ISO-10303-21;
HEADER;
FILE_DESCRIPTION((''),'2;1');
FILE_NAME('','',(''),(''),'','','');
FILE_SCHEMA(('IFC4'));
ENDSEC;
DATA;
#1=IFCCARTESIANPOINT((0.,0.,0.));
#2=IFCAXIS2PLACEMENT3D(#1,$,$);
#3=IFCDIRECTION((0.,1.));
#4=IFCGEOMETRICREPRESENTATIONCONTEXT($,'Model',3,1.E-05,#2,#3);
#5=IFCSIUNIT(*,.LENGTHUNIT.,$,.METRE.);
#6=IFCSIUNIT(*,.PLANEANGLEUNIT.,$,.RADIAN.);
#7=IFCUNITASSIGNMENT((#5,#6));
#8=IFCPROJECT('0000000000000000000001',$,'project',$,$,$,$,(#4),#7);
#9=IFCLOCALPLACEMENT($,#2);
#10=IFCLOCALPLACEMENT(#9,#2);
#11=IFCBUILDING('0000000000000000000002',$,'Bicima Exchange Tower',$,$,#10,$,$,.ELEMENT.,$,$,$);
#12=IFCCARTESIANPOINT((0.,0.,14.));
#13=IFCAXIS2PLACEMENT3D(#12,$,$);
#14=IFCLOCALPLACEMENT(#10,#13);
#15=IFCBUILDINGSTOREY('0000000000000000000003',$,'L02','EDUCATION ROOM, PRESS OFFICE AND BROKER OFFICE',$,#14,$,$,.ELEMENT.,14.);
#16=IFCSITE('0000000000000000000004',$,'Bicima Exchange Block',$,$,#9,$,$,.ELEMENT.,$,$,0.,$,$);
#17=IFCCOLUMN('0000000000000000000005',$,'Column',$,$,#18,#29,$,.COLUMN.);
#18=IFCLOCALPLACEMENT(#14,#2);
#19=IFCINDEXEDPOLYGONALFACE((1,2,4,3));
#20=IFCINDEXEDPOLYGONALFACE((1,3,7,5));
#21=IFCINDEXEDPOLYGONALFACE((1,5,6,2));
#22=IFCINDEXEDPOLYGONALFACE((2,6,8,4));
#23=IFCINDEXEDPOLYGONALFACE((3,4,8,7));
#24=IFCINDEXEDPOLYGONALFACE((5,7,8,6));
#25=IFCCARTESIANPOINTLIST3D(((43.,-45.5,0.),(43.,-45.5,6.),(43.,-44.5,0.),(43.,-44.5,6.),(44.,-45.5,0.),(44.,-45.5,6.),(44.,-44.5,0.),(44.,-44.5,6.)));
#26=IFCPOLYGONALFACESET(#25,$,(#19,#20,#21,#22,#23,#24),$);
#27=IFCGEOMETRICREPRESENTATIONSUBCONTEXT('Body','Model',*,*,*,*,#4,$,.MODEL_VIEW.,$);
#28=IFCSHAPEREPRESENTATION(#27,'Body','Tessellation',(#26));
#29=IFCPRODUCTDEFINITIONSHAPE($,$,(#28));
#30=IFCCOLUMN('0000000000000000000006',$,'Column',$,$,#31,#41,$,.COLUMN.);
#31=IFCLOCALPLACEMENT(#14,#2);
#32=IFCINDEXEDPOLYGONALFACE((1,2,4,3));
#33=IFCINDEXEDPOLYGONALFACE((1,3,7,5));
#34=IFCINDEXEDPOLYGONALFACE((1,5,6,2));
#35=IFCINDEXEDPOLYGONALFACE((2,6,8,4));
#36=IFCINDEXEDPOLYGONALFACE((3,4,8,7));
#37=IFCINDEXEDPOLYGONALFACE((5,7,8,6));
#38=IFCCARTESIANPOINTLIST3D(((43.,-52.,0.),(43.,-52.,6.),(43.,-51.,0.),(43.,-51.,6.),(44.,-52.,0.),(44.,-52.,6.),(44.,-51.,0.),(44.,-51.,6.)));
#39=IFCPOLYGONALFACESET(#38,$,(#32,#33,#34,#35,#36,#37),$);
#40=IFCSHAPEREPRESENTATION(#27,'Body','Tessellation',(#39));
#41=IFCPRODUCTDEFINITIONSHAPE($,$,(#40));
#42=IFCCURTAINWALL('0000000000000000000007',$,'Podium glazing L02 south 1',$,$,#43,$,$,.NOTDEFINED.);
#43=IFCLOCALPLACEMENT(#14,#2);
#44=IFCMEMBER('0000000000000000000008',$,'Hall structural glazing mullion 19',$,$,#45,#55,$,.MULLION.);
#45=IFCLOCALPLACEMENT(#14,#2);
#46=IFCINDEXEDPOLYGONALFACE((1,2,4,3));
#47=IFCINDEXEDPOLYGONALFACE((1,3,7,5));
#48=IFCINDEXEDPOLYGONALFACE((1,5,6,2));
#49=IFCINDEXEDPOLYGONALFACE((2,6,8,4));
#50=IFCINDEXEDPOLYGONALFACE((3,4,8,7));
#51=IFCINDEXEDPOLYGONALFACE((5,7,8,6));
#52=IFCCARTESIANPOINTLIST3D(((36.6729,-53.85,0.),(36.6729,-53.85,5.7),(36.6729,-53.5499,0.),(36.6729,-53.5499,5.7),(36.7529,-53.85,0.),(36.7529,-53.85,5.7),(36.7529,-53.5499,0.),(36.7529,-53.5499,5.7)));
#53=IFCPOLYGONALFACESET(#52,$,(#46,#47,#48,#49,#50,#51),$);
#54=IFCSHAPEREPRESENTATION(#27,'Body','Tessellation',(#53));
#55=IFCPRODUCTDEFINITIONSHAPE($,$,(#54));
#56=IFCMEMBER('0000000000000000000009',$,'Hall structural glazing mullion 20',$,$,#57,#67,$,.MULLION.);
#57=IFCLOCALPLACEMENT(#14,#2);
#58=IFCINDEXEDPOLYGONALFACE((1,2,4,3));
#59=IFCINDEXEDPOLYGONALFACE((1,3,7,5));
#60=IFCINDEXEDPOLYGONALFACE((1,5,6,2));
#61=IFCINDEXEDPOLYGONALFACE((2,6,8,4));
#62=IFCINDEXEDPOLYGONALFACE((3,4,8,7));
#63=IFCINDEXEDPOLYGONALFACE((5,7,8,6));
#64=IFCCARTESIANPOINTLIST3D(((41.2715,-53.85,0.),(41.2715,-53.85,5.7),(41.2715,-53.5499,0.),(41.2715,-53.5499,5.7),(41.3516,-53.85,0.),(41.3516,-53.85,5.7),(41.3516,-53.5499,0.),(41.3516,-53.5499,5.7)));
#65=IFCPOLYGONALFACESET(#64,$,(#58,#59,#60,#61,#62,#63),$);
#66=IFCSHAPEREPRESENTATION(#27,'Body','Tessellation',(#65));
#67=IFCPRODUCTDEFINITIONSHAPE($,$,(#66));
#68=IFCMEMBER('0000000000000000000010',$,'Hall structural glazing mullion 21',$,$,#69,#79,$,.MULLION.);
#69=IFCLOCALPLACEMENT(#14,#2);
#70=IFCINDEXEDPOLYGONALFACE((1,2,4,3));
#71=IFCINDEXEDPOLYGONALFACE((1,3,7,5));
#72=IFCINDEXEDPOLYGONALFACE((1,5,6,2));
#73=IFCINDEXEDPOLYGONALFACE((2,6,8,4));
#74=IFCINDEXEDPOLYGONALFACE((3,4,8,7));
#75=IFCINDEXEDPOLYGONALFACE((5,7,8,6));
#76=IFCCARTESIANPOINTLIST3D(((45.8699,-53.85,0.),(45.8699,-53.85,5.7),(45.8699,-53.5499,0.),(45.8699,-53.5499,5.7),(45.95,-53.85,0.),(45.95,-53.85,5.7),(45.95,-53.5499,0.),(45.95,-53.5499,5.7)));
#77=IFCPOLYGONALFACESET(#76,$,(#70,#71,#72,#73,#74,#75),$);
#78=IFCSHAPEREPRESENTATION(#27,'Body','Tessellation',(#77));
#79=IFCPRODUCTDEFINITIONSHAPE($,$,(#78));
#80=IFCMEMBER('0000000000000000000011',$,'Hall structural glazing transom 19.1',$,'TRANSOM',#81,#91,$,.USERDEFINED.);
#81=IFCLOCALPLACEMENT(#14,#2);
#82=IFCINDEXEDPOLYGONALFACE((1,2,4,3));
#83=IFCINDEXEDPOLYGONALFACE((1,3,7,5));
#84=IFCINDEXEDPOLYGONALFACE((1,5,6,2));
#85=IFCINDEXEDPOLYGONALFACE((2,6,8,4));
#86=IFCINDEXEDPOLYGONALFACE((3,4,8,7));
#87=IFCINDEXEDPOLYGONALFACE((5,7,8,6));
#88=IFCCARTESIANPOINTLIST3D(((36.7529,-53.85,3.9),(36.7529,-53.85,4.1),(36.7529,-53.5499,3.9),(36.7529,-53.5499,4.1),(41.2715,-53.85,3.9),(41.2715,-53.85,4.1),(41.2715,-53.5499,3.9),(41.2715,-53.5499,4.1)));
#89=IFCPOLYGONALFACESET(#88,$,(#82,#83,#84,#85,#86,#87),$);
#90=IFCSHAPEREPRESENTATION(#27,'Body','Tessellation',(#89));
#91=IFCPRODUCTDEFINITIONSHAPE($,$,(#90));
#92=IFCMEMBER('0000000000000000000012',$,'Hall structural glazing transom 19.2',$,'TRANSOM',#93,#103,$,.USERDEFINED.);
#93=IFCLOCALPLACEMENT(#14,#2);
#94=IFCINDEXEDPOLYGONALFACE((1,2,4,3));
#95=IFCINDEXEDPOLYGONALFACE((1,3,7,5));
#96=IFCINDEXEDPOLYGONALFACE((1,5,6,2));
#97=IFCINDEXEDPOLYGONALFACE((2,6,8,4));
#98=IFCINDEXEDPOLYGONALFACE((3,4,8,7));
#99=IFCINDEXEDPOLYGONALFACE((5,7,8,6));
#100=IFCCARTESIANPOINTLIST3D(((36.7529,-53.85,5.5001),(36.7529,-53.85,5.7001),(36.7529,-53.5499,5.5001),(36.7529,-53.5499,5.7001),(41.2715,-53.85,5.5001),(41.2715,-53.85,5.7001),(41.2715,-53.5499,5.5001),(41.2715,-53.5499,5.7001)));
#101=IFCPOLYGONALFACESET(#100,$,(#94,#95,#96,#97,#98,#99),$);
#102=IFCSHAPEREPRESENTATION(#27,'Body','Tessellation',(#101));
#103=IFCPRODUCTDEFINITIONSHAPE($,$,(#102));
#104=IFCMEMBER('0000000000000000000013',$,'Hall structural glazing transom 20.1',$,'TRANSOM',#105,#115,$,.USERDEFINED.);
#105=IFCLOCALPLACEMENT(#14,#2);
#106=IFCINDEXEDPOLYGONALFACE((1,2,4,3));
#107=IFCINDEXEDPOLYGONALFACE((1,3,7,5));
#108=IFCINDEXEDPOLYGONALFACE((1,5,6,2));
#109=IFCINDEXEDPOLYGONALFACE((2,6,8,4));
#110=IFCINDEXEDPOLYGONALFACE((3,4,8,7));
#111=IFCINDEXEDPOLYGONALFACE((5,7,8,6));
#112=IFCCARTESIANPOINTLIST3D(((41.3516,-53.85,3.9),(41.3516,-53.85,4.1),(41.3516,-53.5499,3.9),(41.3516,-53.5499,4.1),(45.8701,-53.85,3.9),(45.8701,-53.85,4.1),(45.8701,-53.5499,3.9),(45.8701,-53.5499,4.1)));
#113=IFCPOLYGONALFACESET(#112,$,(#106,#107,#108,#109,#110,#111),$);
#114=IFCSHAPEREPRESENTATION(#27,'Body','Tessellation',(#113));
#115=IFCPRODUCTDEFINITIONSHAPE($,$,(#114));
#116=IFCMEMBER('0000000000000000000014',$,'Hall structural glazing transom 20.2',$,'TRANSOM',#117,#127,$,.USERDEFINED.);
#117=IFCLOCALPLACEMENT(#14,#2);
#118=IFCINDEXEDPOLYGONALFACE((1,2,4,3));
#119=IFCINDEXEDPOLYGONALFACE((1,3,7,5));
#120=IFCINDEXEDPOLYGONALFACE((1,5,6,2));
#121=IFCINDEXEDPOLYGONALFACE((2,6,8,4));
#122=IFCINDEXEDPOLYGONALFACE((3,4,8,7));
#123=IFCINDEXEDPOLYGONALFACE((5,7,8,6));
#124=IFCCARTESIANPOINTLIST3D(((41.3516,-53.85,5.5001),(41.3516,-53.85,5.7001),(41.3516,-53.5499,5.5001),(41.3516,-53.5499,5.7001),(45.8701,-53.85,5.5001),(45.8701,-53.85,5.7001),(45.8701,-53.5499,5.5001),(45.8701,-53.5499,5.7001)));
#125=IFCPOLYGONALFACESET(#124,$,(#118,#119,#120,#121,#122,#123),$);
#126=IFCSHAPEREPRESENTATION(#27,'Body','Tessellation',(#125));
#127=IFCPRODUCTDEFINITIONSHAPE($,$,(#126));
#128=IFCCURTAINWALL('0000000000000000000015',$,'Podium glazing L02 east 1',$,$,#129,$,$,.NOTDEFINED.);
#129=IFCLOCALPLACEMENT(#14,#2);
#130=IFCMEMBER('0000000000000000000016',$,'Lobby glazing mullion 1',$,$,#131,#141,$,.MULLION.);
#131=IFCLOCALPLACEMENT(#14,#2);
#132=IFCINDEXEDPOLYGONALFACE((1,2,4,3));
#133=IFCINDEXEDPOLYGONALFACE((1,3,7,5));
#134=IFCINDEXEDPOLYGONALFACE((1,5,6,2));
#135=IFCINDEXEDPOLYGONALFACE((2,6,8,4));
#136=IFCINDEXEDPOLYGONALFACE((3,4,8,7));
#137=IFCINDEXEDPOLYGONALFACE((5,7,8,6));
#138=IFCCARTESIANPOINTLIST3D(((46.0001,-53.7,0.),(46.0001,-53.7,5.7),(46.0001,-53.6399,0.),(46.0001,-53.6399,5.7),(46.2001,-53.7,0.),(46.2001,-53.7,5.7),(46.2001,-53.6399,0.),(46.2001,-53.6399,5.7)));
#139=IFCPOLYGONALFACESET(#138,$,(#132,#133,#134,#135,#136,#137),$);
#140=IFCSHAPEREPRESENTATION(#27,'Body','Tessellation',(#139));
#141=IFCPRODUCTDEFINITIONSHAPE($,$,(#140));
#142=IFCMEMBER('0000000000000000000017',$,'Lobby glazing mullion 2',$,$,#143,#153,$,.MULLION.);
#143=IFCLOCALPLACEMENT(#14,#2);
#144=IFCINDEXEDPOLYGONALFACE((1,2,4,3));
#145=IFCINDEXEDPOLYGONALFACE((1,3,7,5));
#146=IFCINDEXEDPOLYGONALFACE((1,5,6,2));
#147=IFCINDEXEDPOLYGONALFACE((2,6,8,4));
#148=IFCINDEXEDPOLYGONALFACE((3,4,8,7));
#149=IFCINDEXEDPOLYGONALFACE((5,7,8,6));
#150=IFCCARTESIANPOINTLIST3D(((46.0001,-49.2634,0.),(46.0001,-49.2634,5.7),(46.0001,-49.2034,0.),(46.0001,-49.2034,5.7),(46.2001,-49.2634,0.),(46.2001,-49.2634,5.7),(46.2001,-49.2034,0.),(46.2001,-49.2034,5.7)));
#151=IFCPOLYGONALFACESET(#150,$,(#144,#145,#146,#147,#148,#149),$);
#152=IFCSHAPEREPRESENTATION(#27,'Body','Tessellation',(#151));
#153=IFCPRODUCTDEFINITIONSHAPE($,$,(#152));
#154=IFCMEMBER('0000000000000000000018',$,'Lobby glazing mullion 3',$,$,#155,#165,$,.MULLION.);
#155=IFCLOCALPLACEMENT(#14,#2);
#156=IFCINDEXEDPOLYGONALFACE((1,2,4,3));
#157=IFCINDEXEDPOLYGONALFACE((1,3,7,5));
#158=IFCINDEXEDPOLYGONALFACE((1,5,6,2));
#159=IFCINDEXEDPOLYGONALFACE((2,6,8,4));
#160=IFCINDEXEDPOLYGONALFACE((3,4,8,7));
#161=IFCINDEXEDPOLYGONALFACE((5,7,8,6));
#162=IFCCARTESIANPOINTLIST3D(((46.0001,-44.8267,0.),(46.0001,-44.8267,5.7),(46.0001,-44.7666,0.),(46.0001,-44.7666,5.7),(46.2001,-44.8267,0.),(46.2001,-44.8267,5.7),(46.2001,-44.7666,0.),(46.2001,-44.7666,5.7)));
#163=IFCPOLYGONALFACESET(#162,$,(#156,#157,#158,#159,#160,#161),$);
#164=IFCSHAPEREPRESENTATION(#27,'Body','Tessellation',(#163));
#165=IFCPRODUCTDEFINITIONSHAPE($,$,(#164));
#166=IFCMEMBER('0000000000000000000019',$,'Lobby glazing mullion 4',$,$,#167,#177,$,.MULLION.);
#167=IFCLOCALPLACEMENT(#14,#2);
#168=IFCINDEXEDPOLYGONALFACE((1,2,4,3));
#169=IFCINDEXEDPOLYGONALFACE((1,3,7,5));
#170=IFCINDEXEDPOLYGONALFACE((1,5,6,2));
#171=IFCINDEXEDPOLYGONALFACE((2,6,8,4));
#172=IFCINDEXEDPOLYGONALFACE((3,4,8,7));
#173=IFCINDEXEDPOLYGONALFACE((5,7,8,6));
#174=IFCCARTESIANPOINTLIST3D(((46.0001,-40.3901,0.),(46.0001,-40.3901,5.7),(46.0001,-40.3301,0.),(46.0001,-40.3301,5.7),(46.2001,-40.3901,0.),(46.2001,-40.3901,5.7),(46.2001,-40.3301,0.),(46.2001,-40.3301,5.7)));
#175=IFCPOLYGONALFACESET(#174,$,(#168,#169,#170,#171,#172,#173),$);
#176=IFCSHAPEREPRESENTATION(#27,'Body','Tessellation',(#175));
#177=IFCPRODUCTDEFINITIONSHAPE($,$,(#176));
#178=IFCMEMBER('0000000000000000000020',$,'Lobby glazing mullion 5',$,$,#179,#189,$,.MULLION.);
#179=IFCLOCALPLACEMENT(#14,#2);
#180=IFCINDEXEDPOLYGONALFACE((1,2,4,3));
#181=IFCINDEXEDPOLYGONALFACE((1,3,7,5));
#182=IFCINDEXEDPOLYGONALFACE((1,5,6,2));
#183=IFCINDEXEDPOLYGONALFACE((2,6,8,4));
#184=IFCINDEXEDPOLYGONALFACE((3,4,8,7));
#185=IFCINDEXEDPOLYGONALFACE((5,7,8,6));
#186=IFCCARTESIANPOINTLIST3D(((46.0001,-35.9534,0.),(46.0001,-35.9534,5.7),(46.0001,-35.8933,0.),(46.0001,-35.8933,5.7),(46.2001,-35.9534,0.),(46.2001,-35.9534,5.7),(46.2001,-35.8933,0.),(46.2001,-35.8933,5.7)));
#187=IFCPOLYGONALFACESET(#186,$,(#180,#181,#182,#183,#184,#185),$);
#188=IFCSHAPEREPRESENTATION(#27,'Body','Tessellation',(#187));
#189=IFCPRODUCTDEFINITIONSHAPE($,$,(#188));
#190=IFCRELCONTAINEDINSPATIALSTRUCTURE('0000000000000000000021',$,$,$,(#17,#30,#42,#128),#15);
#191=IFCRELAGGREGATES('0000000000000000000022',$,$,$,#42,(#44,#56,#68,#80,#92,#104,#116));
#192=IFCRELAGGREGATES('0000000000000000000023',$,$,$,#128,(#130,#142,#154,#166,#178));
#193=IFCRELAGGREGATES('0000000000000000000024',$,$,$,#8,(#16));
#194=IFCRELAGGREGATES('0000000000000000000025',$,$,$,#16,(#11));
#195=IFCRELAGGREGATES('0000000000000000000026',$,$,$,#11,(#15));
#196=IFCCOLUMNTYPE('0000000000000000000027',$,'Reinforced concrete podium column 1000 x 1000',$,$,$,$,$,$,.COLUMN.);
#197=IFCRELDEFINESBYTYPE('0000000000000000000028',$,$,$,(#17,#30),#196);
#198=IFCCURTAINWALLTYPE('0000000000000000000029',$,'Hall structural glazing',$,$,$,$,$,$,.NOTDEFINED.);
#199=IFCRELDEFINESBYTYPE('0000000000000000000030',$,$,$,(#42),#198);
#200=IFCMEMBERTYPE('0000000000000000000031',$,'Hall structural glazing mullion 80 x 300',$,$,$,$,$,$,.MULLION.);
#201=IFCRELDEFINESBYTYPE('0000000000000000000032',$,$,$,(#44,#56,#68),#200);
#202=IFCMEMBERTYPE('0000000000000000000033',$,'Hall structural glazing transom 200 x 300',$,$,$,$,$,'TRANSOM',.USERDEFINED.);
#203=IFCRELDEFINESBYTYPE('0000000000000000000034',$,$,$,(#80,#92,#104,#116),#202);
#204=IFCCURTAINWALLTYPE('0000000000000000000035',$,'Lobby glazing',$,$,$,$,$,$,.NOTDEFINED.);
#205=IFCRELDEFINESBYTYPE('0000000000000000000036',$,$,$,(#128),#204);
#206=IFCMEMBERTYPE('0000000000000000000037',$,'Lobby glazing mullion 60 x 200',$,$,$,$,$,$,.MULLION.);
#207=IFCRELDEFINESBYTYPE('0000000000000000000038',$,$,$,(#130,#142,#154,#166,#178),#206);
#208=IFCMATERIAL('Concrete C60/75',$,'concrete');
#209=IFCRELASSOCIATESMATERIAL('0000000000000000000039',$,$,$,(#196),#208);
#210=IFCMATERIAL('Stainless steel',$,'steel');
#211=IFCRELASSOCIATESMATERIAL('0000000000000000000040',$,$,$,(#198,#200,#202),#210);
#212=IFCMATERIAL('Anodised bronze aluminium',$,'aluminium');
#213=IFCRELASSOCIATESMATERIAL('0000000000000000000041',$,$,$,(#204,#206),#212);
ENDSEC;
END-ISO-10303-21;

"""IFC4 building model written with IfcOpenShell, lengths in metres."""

from ifc_helpers import new_model, si_unit, direction, frame, origin, origin_2d, place, context, subcontext, project, spatial, rectangle, extrude, material, material_profile, profile_set, type_object, element, aggregate, save


model = new_model("IFC4")

# Units and contexts
model_context = context("Model", 3, precision=1e-05, world=origin(), true_north=direction((0.0, 1.0)))
body_context = subcontext(model_context, "Body", "Model", "MODEL_VIEW")
ifc_project = project(units=[si_unit("LENGTHUNIT", "METRE"), si_unit("PLANEANGLEUNIT", "RADIAN")], contexts=[model_context])

# Site, building, storey
site_placement = place(None, origin())
site = spatial("IfcSite", under=ifc_project, at=site_placement, Name="Bicima Exchange Block", CompositionType="ELEMENT", RefElevation=0.0)
building_placement = place(site_placement, origin())
building = spatial("IfcBuilding", under=site, at=building_placement, Name="Bicima Exchange Tower", CompositionType="ELEMENT")
storey_placement = place(building_placement, frame((0.0, 0.0, 14.0)))
storey = spatial("IfcBuildingStorey", under=building, at=storey_placement, Name="L02", Description="EDUCATION ROOM, PRESS OFFICE AND BROKER OFFICE", CompositionType="ELEMENT", Elevation=14.0)

# Columns
ifc_material_1 = material(Name="Concrete C60/75", Category="concrete")
ifc_material_profile_1 = material_profile(ifc_material_1, rectangle(XDim=1.0, YDim=1.0, at=origin_2d()))
ifc_profile_set_1 = profile_set([ifc_material_profile_1], Name="Concrete C60/75")
column_type = type_object("IfcColumnType", Name="Reinforced concrete podium column 1000 x 1000", PredefinedType="COLUMN", material=ifc_profile_set_1)
for number, where, z_axis, x_axis, name in (
    (1, (43.5, -45.0, 0.0), (0.0, 0.0, 1.0), (1.0, 0.0, 0.0), "Column"),
    (2, (43.5, -51.5, 0.0), (0.0, 0.0, 1.0), (1.0, 0.0, 0.0), "Column"),
):
    element("IfcColumn", number, at=place(storey_placement, frame(where, z_axis=z_axis, x_axis=x_axis)), inside=storey, type_object=column_type, Name=name, PredefinedType="COLUMN", context=body_context, shape_type="SweptSolid", body=[
        extrude(rectangle(XDim=1.0, YDim=1.0, at=origin_2d()), origin(), (0.0, 0.0, 1.0), 6.0),
    ])

# Curtain walls, members
ifc_material_2 = material(Name="Stainless steel", Category="steel")
curtain_wall_type_1 = type_object("IfcCurtainWallType", Name="Hall structural glazing", PredefinedType="NOTDEFINED", material=ifc_material_2)
curtain_wall_1_placement = place(storey_placement, origin())
curtain_wall_1 = element("IfcCurtainWall", 3, at=curtain_wall_1_placement, inside=storey, type_object=curtain_wall_type_1, Name="Podium glazing L02 south 1", PredefinedType="NOTDEFINED")
ifc_material_profile_2 = material_profile(ifc_material_2, rectangle(XDim=0.3, YDim=0.0801, at=origin_2d()))
ifc_profile_set_2 = profile_set([ifc_material_profile_2], Name="Stainless steel")
member_type_1 = type_object("IfcMemberType", Name="Hall structural glazing mullion 80 x 300", PredefinedType="MULLION", material=ifc_profile_set_2)
member_1_placement = place(storey_placement, frame((36.7129, -53.7, 0.0), z_axis=(0.0, 0.0, 1.0), x_axis=(0.0, 1.0, 0.0)))
member_1 = element("IfcMember", 4, at=member_1_placement, type_object=member_type_1, Name="Hall structural glazing mullion 19", PredefinedType="MULLION", context=body_context, shape_type="SweptSolid", body=[
    extrude(rectangle(XDim=0.3, YDim=0.0801, at=origin_2d()), origin(), (0.0, 0.0, 1.0), 5.7),
])
member_2_placement = place(storey_placement, frame((41.3115, -53.7, 0.0), z_axis=(0.0, 0.0, 1.0), x_axis=(0.0, 1.0, 0.0)))
member_2 = element("IfcMember", 5, at=member_2_placement, type_object=member_type_1, Name="Hall structural glazing mullion 20", PredefinedType="MULLION", context=body_context, shape_type="SweptSolid", body=[
    extrude(rectangle(XDim=0.3, YDim=0.0801, at=origin_2d()), origin(), (0.0, 0.0, 1.0), 5.7),
])
member_3_placement = place(storey_placement, frame((45.9099, -53.7, 0.0), z_axis=(0.0, 0.0, 1.0), x_axis=(0.0, 1.0, 0.0)))
member_3 = element("IfcMember", 6, at=member_3_placement, type_object=member_type_1, Name="Hall structural glazing mullion 21", PredefinedType="MULLION", context=body_context, shape_type="SweptSolid", body=[
    extrude(rectangle(XDim=0.3, YDim=0.0801, at=origin_2d()), origin(), (0.0, 0.0, 1.0), 5.7),
])
ifc_material_profile_3 = material_profile(ifc_material_2, rectangle(XDim=0.3, YDim=0.2, at=origin_2d()))
ifc_profile_set_3 = profile_set([ifc_material_profile_3], Name="Stainless steel")
member_type_2 = type_object("IfcMemberType", Name="Hall structural glazing transom 200 x 300", ElementType="TRANSOM", PredefinedType="USERDEFINED", material=ifc_profile_set_3)
member_4_placement = place(storey_placement, frame((36.7529, -53.7, 4.0), z_axis=(1.0, 0.0, 0.0), x_axis=(0.0, 1.0, 0.0)))
member_4 = element("IfcMember", 7, at=member_4_placement, type_object=member_type_2, Name="Hall structural glazing transom 19.1", ObjectType="TRANSOM", PredefinedType="USERDEFINED", context=body_context, shape_type="SweptSolid", body=[
    extrude(rectangle(XDim=0.3, YDim=0.2, at=origin_2d()), origin(), (0.0, 0.0, 1.0), 4.5186),
])
member_5_placement = place(storey_placement, frame((36.7529, -53.7, 5.6001), z_axis=(1.0, 0.0, 0.0), x_axis=(0.0, 1.0, 0.0)))
member_5 = element("IfcMember", 8, at=member_5_placement, type_object=member_type_2, Name="Hall structural glazing transom 19.2", ObjectType="TRANSOM", PredefinedType="USERDEFINED", context=body_context, shape_type="SweptSolid", body=[
    extrude(rectangle(XDim=0.3, YDim=0.2, at=origin_2d()), origin(), (0.0, 0.0, 1.0), 4.5186),
])
member_6_placement = place(storey_placement, frame((41.3516, -53.7, 4.0), z_axis=(1.0, 0.0, 0.0), x_axis=(0.0, 1.0, 0.0)))
member_6 = element("IfcMember", 9, at=member_6_placement, type_object=member_type_2, Name="Hall structural glazing transom 20.1", ObjectType="TRANSOM", PredefinedType="USERDEFINED", context=body_context, shape_type="SweptSolid", body=[
    extrude(rectangle(XDim=0.3, YDim=0.2, at=origin_2d()), origin(), (0.0, 0.0, 1.0), 4.5186),
])
member_7_placement = place(storey_placement, frame((41.3516, -53.7, 5.6001), z_axis=(1.0, 0.0, 0.0), x_axis=(0.0, 1.0, 0.0)))
member_7 = element("IfcMember", 10, at=member_7_placement, type_object=member_type_2, Name="Hall structural glazing transom 20.2", ObjectType="TRANSOM", PredefinedType="USERDEFINED", context=body_context, shape_type="SweptSolid", body=[
    extrude(rectangle(XDim=0.3, YDim=0.2, at=origin_2d()), origin(), (0.0, 0.0, 1.0), 4.5186),
])
ifc_material_3 = material(Name="Anodised bronze aluminium", Category="aluminium")
curtain_wall_type_2 = type_object("IfcCurtainWallType", Name="Lobby glazing", PredefinedType="NOTDEFINED", material=ifc_material_3)
curtain_wall_2_placement = place(storey_placement, origin())
curtain_wall_2 = element("IfcCurtainWall", 11, at=curtain_wall_2_placement, inside=storey, type_object=curtain_wall_type_2, Name="Podium glazing L02 east 1", PredefinedType="NOTDEFINED")
ifc_material_profile_4 = material_profile(ifc_material_3, rectangle(XDim=0.2, YDim=0.0601, at=origin_2d()))
ifc_profile_set_4 = profile_set([ifc_material_profile_4], Name="Anodised bronze aluminium")
member_type_3 = type_object("IfcMemberType", Name="Lobby glazing mullion 60 x 200", PredefinedType="MULLION", material=ifc_profile_set_4)
member_8_placement = place(storey_placement, frame((46.1001, -53.6699, 0.0), z_axis=(0.0, 0.0, 1.0), x_axis=(-1.0, 0.0, 0.0)))
member_8 = element("IfcMember", 12, at=member_8_placement, type_object=member_type_3, Name="Lobby glazing mullion 1", PredefinedType="MULLION", context=body_context, shape_type="SweptSolid", body=[
    extrude(rectangle(XDim=0.2, YDim=0.0601, at=origin_2d()), origin(), (0.0, 0.0, 1.0), 5.7),
])
member_9_placement = place(storey_placement, frame((46.1001, -49.2334, 0.0), z_axis=(0.0, 0.0, 1.0), x_axis=(-1.0, 0.0, 0.0)))
member_9 = element("IfcMember", 13, at=member_9_placement, type_object=member_type_3, Name="Lobby glazing mullion 2", PredefinedType="MULLION", context=body_context, shape_type="SweptSolid", body=[
    extrude(rectangle(XDim=0.2, YDim=0.0601, at=origin_2d()), origin(), (0.0, 0.0, 1.0), 5.7),
])
member_10_placement = place(storey_placement, frame((46.1001, -44.7966, 0.0), z_axis=(0.0, 0.0, 1.0), x_axis=(-1.0, 0.0, 0.0)))
member_10 = element("IfcMember", 14, at=member_10_placement, type_object=member_type_3, Name="Lobby glazing mullion 3", PredefinedType="MULLION", context=body_context, shape_type="SweptSolid", body=[
    extrude(rectangle(XDim=0.2, YDim=0.0601, at=origin_2d()), origin(), (0.0, 0.0, 1.0), 5.7),
])
member_11_placement = place(storey_placement, frame((46.1001, -40.3601, 0.0), z_axis=(0.0, 0.0, 1.0), x_axis=(-1.0, 0.0, 0.0)))
member_11 = element("IfcMember", 15, at=member_11_placement, type_object=member_type_3, Name="Lobby glazing mullion 4", PredefinedType="MULLION", context=body_context, shape_type="SweptSolid", body=[
    extrude(rectangle(XDim=0.2, YDim=0.0601, at=origin_2d()), origin(), (0.0, 0.0, 1.0), 5.7),
])
member_12_placement = place(storey_placement, frame((46.1001, -35.9233, 0.0), z_axis=(0.0, 0.0, 1.0), x_axis=(-1.0, 0.0, 0.0)))
member_12 = element("IfcMember", 16, at=member_12_placement, type_object=member_type_3, Name="Lobby glazing mullion 5", PredefinedType="MULLION", context=body_context, shape_type="SweptSolid", body=[
    extrude(rectangle(XDim=0.2, YDim=0.0601, at=origin_2d()), origin(), (0.0, 0.0, 1.0), 5.7),
])

aggregate(curtain_wall_1, [member_1, member_2, member_3, member_4, member_5, member_6, member_7])
aggregate(curtain_wall_2, [member_8, member_9, member_10, member_11, member_12])

save(model, "model.ifc")
